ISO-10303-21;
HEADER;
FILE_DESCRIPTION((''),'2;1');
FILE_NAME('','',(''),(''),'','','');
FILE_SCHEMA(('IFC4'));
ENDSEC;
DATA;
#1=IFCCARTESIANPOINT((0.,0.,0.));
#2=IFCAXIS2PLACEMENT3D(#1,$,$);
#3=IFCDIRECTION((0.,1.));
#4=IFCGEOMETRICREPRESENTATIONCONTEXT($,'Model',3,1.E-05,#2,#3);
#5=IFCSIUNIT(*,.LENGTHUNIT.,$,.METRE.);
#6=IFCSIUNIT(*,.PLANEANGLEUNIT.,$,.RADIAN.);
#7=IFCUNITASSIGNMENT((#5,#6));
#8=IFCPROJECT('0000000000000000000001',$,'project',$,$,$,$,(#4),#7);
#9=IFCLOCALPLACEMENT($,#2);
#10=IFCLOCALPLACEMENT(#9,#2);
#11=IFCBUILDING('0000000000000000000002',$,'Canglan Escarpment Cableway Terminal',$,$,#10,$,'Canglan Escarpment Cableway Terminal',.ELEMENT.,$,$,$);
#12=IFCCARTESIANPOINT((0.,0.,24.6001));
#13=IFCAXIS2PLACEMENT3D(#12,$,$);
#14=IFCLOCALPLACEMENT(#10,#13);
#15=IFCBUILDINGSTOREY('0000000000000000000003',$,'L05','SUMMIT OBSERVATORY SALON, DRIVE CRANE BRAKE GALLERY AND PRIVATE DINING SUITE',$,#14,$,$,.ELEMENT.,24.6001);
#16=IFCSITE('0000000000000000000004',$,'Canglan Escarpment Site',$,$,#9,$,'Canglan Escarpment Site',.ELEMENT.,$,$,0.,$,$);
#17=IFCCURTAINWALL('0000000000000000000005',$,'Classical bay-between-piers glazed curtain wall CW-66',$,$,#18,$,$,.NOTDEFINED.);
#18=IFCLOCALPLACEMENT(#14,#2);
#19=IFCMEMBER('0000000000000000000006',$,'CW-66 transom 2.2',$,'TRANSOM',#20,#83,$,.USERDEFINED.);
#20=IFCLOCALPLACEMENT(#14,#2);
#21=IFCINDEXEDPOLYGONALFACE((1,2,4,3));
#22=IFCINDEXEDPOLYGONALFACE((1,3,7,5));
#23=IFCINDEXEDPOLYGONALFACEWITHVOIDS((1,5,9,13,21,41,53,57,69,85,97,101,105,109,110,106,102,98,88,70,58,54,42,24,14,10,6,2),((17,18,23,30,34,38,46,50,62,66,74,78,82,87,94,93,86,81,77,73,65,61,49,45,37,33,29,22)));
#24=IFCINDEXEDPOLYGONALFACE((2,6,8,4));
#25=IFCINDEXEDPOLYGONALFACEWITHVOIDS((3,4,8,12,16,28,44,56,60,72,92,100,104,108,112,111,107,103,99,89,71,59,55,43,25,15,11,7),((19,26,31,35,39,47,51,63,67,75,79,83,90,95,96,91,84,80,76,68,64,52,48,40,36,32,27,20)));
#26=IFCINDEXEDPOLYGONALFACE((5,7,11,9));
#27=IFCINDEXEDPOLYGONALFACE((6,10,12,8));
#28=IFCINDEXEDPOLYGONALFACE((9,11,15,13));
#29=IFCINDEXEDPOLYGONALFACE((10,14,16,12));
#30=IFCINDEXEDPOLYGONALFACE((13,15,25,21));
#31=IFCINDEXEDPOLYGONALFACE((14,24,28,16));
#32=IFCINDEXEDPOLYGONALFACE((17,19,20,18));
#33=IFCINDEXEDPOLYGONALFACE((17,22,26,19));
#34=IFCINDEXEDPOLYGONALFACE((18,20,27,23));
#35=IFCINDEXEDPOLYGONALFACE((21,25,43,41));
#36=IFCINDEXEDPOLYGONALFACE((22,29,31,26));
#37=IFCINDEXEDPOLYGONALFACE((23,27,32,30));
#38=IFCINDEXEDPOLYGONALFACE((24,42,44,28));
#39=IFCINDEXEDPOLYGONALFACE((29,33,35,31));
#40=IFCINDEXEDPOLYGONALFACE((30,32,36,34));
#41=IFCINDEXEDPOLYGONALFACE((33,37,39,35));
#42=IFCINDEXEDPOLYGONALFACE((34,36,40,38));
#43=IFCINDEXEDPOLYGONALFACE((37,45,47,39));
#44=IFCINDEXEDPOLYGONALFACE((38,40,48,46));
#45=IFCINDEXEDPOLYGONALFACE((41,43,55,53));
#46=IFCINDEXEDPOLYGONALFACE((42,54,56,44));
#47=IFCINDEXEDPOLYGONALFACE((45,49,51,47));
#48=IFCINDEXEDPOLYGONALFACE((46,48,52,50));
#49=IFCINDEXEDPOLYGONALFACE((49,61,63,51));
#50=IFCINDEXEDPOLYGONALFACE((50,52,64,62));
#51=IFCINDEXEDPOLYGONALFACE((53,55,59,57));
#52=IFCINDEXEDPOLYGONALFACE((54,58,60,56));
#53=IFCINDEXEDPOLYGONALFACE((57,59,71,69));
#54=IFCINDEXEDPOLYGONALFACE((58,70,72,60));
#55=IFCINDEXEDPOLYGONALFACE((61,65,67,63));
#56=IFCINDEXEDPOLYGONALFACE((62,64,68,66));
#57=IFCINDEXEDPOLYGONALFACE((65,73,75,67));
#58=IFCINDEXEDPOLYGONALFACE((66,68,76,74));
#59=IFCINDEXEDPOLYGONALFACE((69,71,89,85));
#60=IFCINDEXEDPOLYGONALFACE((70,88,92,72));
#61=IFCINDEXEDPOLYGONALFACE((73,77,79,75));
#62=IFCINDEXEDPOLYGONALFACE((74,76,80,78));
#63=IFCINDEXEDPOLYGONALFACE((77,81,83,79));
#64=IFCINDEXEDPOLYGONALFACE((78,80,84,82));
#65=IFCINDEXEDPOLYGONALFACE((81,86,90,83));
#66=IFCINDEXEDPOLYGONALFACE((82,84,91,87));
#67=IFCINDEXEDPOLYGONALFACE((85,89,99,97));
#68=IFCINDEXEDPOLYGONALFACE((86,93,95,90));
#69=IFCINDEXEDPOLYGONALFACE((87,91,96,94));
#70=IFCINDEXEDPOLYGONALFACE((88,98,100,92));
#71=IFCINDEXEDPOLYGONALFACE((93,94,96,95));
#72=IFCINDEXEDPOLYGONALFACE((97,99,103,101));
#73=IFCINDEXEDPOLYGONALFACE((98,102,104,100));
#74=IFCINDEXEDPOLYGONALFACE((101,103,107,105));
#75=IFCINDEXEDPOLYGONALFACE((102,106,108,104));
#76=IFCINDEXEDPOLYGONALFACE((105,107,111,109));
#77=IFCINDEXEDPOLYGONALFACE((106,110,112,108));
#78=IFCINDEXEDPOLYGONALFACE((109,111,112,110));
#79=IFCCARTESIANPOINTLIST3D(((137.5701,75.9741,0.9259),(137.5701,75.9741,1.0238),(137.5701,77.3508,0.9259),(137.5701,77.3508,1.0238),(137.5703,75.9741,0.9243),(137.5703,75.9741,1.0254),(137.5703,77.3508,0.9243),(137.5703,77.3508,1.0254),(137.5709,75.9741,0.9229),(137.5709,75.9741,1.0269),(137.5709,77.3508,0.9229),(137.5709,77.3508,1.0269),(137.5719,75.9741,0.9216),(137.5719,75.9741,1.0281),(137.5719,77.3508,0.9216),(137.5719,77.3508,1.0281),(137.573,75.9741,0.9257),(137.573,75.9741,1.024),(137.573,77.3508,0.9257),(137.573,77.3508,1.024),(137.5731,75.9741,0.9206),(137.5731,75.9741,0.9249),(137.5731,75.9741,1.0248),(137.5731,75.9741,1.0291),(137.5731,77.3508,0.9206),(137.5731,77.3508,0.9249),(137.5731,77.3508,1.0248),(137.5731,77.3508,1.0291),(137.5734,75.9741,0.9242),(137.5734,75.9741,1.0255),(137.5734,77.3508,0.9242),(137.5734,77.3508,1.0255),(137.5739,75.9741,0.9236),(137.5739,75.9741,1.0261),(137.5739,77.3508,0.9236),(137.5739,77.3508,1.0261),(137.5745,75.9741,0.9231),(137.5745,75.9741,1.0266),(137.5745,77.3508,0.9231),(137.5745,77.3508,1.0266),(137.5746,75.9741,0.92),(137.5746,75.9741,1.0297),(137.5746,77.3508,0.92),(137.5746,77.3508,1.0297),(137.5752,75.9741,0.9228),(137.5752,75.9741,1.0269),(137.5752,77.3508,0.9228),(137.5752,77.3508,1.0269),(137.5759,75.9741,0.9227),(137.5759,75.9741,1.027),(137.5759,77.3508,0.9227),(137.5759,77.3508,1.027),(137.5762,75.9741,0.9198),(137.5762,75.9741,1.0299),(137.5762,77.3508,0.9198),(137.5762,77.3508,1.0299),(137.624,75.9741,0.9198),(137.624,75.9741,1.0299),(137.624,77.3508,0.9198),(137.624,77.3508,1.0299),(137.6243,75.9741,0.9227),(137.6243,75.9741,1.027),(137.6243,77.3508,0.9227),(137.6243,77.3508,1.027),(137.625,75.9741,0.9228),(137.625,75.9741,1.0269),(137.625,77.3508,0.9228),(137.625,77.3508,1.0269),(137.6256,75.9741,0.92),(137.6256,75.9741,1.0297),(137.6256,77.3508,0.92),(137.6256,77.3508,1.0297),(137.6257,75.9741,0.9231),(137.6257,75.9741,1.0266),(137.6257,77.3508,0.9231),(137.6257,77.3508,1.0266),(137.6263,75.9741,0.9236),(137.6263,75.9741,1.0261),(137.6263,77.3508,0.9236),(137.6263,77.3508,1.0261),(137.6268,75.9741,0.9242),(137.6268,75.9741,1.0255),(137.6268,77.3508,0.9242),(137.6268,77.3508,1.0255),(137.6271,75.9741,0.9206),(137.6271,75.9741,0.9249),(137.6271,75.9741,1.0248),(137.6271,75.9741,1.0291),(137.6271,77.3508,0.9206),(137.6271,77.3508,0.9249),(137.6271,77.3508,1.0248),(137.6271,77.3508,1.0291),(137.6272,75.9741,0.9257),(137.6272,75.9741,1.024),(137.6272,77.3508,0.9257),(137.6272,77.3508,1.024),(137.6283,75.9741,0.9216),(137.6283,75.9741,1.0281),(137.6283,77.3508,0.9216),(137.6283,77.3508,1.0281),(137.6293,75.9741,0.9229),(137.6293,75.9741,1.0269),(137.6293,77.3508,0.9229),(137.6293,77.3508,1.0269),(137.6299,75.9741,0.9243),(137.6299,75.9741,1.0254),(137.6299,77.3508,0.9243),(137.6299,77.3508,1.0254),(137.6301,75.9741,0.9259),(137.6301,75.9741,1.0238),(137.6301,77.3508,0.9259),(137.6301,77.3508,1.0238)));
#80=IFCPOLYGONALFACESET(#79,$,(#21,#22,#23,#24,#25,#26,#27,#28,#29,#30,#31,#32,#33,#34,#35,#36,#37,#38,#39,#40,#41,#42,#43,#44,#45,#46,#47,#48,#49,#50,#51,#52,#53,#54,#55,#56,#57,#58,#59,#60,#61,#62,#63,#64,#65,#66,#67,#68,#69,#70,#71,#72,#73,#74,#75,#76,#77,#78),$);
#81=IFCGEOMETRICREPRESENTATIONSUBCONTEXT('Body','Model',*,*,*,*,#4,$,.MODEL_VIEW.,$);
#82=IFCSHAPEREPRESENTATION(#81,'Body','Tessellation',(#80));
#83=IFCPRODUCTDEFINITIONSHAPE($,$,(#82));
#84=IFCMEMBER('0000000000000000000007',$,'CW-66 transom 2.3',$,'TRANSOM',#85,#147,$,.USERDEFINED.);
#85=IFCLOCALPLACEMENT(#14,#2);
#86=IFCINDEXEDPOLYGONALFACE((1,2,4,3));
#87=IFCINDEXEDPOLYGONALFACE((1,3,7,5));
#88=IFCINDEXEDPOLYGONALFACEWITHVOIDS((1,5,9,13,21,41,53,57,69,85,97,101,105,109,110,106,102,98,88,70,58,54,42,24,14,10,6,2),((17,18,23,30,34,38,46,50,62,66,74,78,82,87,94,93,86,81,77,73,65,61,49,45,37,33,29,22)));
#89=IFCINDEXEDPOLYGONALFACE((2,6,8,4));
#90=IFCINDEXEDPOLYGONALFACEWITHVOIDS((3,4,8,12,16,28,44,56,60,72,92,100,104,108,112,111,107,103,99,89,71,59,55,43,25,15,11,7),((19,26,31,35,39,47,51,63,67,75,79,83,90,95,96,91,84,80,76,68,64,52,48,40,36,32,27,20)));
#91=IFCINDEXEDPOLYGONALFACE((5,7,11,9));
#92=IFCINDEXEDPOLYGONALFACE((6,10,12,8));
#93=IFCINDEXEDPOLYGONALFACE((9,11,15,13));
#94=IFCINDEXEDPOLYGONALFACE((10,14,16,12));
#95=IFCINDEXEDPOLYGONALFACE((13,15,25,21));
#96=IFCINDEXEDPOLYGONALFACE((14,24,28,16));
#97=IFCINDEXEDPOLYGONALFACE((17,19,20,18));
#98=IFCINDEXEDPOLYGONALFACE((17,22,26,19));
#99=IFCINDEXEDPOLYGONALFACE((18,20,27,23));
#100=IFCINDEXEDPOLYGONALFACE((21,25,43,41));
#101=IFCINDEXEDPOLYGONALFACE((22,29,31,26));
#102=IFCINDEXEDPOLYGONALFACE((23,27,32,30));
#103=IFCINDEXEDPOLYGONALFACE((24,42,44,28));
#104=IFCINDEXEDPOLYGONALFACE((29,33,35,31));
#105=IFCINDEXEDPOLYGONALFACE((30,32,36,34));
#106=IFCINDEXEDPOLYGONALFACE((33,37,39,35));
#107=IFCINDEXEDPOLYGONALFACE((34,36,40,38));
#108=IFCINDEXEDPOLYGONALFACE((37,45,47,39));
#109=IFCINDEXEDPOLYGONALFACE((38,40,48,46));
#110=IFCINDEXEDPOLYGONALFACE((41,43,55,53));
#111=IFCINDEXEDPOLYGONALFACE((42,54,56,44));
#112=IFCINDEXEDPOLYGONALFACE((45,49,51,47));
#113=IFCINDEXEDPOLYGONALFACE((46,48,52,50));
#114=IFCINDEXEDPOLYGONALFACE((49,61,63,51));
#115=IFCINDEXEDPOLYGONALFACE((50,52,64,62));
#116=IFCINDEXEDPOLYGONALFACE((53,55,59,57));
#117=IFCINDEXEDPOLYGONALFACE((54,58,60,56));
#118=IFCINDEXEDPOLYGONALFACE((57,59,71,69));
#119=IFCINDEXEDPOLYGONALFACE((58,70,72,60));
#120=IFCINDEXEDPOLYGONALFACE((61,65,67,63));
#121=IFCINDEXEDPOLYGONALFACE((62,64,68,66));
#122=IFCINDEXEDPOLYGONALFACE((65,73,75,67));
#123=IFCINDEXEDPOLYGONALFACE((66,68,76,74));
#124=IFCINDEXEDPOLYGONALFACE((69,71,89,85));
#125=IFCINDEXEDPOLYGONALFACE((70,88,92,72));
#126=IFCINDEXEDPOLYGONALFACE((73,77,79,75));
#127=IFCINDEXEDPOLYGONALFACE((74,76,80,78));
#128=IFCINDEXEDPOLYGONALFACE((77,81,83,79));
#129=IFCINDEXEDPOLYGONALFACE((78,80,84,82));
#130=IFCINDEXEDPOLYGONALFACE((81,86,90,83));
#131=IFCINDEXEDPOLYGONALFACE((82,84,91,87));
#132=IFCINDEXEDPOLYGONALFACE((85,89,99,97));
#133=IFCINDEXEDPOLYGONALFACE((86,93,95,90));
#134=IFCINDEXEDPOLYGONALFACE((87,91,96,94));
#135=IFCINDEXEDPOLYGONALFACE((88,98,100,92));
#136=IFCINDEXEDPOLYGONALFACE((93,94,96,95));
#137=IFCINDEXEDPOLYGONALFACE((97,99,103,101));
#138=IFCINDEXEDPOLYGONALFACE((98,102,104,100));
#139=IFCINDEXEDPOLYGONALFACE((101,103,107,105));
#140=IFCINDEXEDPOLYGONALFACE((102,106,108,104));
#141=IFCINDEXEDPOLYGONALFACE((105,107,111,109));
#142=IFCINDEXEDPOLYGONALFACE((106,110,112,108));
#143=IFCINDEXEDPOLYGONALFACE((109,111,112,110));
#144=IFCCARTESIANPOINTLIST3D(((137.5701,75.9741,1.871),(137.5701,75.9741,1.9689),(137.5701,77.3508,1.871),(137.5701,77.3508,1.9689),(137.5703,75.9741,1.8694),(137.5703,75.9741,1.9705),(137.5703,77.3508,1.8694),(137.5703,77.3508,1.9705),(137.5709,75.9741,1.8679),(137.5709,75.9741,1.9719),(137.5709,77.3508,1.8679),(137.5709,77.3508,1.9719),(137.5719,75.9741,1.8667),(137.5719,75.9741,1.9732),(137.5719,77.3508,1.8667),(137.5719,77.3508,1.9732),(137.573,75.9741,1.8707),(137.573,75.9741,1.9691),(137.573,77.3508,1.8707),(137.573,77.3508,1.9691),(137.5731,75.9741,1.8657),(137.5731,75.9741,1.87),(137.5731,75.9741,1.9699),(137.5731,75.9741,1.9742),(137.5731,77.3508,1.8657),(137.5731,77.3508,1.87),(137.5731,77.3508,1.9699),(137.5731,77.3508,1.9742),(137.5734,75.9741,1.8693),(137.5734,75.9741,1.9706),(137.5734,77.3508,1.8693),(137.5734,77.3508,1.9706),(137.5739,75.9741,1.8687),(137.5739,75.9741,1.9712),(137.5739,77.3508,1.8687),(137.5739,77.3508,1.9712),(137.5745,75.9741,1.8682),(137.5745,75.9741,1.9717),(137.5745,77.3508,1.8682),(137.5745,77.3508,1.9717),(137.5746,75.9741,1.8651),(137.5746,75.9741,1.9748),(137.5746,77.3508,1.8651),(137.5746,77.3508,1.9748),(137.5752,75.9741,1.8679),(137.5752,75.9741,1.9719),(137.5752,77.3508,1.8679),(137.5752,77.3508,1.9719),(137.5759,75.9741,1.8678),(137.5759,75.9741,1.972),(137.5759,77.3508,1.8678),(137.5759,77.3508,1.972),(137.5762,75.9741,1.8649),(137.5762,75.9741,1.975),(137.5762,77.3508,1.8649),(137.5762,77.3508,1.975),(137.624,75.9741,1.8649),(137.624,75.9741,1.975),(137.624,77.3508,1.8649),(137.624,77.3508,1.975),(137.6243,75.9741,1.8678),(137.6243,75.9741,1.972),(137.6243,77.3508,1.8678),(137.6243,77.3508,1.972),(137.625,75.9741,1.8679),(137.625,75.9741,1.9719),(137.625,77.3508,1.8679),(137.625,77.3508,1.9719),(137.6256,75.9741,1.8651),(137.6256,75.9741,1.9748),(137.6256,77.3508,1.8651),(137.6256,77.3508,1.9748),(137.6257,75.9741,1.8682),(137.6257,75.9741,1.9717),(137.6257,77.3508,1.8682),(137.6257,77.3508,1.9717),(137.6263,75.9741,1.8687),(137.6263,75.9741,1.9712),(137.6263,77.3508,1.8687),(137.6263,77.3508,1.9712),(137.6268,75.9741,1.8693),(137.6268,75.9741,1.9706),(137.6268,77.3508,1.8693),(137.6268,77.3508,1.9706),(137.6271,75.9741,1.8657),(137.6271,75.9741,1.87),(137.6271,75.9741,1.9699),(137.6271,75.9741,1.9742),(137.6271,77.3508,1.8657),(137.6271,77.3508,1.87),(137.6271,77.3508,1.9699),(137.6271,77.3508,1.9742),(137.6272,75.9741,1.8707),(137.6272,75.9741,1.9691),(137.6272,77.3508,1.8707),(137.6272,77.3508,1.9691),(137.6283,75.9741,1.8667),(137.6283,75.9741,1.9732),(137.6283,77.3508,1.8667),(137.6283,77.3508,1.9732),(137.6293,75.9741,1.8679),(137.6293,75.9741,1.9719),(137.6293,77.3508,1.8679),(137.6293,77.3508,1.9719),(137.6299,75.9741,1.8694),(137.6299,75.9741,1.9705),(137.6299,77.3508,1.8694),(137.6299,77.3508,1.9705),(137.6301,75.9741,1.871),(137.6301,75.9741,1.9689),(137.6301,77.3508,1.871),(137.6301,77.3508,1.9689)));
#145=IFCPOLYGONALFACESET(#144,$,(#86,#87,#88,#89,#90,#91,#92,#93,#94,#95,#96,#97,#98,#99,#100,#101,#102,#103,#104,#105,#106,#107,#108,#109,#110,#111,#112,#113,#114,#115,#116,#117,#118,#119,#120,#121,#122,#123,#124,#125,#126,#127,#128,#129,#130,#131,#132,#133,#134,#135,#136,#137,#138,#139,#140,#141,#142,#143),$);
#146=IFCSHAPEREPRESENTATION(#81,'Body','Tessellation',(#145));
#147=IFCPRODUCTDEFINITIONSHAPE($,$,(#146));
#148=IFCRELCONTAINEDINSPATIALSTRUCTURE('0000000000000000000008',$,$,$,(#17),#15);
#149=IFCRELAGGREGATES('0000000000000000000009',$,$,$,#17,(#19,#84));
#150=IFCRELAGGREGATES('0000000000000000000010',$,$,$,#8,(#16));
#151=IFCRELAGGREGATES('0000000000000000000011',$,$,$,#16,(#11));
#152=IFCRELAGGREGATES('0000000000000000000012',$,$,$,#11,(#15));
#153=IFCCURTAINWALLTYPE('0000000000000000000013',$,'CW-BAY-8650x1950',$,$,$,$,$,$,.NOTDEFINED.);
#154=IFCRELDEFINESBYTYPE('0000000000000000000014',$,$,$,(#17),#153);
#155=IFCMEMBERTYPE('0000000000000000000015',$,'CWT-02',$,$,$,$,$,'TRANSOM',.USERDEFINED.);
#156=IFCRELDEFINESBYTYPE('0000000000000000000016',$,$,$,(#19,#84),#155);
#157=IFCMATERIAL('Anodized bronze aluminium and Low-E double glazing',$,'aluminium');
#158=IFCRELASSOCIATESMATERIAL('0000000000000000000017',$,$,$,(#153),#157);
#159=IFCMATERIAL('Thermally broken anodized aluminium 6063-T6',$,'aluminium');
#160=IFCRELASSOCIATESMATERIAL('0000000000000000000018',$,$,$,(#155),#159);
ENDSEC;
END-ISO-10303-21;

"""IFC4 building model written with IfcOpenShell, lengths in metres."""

from ifc_helpers import new_model, si_unit, direction, frame, origin, origin_2d, place, context, subcontext, project, spatial, hollow_rectangle, extrude, material, material_profile, profile_set, type_object, element, aggregate, save


model = new_model("IFC4")

# Units and contexts
model_context = context("Model", 3, precision=1e-05, world=origin(), true_north=direction((0.0, 1.0)))
body_context = subcontext(model_context, "Body", "Model", "MODEL_VIEW")
ifc_project = project(units=[si_unit("LENGTHUNIT", "METRE"), si_unit("PLANEANGLEUNIT", "RADIAN")], contexts=[model_context])

# Site, building, storey
site_placement = place(None, origin())
site = spatial("IfcSite", under=ifc_project, at=site_placement, Name="Canglan Escarpment Site", LongName="Canglan Escarpment Site", CompositionType="ELEMENT", RefElevation=0.0)
building_placement = place(site_placement, origin())
building = spatial("IfcBuilding", under=site, at=building_placement, Name="Canglan Escarpment Cableway Terminal", LongName="Canglan Escarpment Cableway Terminal", CompositionType="ELEMENT")
storey_placement = place(building_placement, frame((0.0, 0.0, 24.6001)))
storey = spatial("IfcBuildingStorey", under=building, at=storey_placement, Name="L05", Description="SUMMIT OBSERVATORY SALON, DRIVE CRANE BRAKE GALLERY AND PRIVATE DINING SUITE", CompositionType="ELEMENT", Elevation=24.6001)

# Shared definitions
ifc_material_1 = material(Name="Anodized bronze aluminium and Low-E double glazing", Category="aluminium")
curtain_wall_type = type_object("IfcCurtainWallType", Name="CW-BAY-8650x1950", PredefinedType="NOTDEFINED", material=ifc_material_1)
ifc_material_2 = material(Name="Thermally broken anodized aluminium 6063-T6", Category="aluminium")

# Curtain wall
curtain_wall_1_placement = place(storey_placement, origin())
curtain_wall_1 = element("IfcCurtainWall", 1, at=curtain_wall_1_placement, inside=storey, type_object=curtain_wall_type, Name="Classical bay-between-piers glazed curtain wall CW-66", PredefinedType="NOTDEFINED")

# Members
ifc_material_profile_1 = material_profile(ifc_material_2, hollow_rectangle(XDim=0.0601, YDim=0.1101, WallThickness=0.0029, InnerFilletRadius=0.0029, OuterFilletRadius=0.0061, at=origin_2d()), Name="ALU-TRAN 60x110x3")
ifc_profile_set_1 = profile_set([ifc_material_profile_1], Name="Thermally broken anodized aluminium 6063-T6")
member_type_1 = type_object("IfcMemberType", Name="CWT-02", ElementType="TRANSOM", PredefinedType="USERDEFINED", material=ifc_profile_set_1)
member_1_placement = place(storey_placement, frame((137.6001, 77.3508, 0.9749), z_axis=(0.0, -1.0, 0.0), x_axis=(1.0, 0.0, 0.0)))
member_1 = element("IfcMember", 2, at=member_1_placement, type_object=member_type_1, Name="CW-66 transom 2.2", ObjectType="TRANSOM", PredefinedType="USERDEFINED", context=body_context, shape_type="SweptSolid", body=[
    extrude(hollow_rectangle(XDim=0.0601, YDim=0.1101, WallThickness=0.0029, InnerFilletRadius=0.0029, OuterFilletRadius=0.0061, at=origin_2d()), origin(), (0.0, 0.0, 1.0), 1.3767),
])
member_2_placement = place(storey_placement, frame((137.6001, 77.3508, 1.9199), z_axis=(0.0, -1.0, 0.0), x_axis=(1.0, 0.0, 0.0)))
member_2 = element("IfcMember", 3, at=member_2_placement, type_object=member_type_1, Name="CW-66 transom 2.3", ObjectType="TRANSOM", PredefinedType="USERDEFINED", context=body_context, shape_type="SweptSolid", body=[
    extrude(hollow_rectangle(XDim=0.0601, YDim=0.1101, WallThickness=0.0029, InnerFilletRadius=0.0029, OuterFilletRadius=0.0061, at=origin_2d()), origin(), (0.0, 0.0, 1.0), 1.3767),
])

aggregate(curtain_wall_1, [member_1, member_2])

save(model, "model.ifc")
